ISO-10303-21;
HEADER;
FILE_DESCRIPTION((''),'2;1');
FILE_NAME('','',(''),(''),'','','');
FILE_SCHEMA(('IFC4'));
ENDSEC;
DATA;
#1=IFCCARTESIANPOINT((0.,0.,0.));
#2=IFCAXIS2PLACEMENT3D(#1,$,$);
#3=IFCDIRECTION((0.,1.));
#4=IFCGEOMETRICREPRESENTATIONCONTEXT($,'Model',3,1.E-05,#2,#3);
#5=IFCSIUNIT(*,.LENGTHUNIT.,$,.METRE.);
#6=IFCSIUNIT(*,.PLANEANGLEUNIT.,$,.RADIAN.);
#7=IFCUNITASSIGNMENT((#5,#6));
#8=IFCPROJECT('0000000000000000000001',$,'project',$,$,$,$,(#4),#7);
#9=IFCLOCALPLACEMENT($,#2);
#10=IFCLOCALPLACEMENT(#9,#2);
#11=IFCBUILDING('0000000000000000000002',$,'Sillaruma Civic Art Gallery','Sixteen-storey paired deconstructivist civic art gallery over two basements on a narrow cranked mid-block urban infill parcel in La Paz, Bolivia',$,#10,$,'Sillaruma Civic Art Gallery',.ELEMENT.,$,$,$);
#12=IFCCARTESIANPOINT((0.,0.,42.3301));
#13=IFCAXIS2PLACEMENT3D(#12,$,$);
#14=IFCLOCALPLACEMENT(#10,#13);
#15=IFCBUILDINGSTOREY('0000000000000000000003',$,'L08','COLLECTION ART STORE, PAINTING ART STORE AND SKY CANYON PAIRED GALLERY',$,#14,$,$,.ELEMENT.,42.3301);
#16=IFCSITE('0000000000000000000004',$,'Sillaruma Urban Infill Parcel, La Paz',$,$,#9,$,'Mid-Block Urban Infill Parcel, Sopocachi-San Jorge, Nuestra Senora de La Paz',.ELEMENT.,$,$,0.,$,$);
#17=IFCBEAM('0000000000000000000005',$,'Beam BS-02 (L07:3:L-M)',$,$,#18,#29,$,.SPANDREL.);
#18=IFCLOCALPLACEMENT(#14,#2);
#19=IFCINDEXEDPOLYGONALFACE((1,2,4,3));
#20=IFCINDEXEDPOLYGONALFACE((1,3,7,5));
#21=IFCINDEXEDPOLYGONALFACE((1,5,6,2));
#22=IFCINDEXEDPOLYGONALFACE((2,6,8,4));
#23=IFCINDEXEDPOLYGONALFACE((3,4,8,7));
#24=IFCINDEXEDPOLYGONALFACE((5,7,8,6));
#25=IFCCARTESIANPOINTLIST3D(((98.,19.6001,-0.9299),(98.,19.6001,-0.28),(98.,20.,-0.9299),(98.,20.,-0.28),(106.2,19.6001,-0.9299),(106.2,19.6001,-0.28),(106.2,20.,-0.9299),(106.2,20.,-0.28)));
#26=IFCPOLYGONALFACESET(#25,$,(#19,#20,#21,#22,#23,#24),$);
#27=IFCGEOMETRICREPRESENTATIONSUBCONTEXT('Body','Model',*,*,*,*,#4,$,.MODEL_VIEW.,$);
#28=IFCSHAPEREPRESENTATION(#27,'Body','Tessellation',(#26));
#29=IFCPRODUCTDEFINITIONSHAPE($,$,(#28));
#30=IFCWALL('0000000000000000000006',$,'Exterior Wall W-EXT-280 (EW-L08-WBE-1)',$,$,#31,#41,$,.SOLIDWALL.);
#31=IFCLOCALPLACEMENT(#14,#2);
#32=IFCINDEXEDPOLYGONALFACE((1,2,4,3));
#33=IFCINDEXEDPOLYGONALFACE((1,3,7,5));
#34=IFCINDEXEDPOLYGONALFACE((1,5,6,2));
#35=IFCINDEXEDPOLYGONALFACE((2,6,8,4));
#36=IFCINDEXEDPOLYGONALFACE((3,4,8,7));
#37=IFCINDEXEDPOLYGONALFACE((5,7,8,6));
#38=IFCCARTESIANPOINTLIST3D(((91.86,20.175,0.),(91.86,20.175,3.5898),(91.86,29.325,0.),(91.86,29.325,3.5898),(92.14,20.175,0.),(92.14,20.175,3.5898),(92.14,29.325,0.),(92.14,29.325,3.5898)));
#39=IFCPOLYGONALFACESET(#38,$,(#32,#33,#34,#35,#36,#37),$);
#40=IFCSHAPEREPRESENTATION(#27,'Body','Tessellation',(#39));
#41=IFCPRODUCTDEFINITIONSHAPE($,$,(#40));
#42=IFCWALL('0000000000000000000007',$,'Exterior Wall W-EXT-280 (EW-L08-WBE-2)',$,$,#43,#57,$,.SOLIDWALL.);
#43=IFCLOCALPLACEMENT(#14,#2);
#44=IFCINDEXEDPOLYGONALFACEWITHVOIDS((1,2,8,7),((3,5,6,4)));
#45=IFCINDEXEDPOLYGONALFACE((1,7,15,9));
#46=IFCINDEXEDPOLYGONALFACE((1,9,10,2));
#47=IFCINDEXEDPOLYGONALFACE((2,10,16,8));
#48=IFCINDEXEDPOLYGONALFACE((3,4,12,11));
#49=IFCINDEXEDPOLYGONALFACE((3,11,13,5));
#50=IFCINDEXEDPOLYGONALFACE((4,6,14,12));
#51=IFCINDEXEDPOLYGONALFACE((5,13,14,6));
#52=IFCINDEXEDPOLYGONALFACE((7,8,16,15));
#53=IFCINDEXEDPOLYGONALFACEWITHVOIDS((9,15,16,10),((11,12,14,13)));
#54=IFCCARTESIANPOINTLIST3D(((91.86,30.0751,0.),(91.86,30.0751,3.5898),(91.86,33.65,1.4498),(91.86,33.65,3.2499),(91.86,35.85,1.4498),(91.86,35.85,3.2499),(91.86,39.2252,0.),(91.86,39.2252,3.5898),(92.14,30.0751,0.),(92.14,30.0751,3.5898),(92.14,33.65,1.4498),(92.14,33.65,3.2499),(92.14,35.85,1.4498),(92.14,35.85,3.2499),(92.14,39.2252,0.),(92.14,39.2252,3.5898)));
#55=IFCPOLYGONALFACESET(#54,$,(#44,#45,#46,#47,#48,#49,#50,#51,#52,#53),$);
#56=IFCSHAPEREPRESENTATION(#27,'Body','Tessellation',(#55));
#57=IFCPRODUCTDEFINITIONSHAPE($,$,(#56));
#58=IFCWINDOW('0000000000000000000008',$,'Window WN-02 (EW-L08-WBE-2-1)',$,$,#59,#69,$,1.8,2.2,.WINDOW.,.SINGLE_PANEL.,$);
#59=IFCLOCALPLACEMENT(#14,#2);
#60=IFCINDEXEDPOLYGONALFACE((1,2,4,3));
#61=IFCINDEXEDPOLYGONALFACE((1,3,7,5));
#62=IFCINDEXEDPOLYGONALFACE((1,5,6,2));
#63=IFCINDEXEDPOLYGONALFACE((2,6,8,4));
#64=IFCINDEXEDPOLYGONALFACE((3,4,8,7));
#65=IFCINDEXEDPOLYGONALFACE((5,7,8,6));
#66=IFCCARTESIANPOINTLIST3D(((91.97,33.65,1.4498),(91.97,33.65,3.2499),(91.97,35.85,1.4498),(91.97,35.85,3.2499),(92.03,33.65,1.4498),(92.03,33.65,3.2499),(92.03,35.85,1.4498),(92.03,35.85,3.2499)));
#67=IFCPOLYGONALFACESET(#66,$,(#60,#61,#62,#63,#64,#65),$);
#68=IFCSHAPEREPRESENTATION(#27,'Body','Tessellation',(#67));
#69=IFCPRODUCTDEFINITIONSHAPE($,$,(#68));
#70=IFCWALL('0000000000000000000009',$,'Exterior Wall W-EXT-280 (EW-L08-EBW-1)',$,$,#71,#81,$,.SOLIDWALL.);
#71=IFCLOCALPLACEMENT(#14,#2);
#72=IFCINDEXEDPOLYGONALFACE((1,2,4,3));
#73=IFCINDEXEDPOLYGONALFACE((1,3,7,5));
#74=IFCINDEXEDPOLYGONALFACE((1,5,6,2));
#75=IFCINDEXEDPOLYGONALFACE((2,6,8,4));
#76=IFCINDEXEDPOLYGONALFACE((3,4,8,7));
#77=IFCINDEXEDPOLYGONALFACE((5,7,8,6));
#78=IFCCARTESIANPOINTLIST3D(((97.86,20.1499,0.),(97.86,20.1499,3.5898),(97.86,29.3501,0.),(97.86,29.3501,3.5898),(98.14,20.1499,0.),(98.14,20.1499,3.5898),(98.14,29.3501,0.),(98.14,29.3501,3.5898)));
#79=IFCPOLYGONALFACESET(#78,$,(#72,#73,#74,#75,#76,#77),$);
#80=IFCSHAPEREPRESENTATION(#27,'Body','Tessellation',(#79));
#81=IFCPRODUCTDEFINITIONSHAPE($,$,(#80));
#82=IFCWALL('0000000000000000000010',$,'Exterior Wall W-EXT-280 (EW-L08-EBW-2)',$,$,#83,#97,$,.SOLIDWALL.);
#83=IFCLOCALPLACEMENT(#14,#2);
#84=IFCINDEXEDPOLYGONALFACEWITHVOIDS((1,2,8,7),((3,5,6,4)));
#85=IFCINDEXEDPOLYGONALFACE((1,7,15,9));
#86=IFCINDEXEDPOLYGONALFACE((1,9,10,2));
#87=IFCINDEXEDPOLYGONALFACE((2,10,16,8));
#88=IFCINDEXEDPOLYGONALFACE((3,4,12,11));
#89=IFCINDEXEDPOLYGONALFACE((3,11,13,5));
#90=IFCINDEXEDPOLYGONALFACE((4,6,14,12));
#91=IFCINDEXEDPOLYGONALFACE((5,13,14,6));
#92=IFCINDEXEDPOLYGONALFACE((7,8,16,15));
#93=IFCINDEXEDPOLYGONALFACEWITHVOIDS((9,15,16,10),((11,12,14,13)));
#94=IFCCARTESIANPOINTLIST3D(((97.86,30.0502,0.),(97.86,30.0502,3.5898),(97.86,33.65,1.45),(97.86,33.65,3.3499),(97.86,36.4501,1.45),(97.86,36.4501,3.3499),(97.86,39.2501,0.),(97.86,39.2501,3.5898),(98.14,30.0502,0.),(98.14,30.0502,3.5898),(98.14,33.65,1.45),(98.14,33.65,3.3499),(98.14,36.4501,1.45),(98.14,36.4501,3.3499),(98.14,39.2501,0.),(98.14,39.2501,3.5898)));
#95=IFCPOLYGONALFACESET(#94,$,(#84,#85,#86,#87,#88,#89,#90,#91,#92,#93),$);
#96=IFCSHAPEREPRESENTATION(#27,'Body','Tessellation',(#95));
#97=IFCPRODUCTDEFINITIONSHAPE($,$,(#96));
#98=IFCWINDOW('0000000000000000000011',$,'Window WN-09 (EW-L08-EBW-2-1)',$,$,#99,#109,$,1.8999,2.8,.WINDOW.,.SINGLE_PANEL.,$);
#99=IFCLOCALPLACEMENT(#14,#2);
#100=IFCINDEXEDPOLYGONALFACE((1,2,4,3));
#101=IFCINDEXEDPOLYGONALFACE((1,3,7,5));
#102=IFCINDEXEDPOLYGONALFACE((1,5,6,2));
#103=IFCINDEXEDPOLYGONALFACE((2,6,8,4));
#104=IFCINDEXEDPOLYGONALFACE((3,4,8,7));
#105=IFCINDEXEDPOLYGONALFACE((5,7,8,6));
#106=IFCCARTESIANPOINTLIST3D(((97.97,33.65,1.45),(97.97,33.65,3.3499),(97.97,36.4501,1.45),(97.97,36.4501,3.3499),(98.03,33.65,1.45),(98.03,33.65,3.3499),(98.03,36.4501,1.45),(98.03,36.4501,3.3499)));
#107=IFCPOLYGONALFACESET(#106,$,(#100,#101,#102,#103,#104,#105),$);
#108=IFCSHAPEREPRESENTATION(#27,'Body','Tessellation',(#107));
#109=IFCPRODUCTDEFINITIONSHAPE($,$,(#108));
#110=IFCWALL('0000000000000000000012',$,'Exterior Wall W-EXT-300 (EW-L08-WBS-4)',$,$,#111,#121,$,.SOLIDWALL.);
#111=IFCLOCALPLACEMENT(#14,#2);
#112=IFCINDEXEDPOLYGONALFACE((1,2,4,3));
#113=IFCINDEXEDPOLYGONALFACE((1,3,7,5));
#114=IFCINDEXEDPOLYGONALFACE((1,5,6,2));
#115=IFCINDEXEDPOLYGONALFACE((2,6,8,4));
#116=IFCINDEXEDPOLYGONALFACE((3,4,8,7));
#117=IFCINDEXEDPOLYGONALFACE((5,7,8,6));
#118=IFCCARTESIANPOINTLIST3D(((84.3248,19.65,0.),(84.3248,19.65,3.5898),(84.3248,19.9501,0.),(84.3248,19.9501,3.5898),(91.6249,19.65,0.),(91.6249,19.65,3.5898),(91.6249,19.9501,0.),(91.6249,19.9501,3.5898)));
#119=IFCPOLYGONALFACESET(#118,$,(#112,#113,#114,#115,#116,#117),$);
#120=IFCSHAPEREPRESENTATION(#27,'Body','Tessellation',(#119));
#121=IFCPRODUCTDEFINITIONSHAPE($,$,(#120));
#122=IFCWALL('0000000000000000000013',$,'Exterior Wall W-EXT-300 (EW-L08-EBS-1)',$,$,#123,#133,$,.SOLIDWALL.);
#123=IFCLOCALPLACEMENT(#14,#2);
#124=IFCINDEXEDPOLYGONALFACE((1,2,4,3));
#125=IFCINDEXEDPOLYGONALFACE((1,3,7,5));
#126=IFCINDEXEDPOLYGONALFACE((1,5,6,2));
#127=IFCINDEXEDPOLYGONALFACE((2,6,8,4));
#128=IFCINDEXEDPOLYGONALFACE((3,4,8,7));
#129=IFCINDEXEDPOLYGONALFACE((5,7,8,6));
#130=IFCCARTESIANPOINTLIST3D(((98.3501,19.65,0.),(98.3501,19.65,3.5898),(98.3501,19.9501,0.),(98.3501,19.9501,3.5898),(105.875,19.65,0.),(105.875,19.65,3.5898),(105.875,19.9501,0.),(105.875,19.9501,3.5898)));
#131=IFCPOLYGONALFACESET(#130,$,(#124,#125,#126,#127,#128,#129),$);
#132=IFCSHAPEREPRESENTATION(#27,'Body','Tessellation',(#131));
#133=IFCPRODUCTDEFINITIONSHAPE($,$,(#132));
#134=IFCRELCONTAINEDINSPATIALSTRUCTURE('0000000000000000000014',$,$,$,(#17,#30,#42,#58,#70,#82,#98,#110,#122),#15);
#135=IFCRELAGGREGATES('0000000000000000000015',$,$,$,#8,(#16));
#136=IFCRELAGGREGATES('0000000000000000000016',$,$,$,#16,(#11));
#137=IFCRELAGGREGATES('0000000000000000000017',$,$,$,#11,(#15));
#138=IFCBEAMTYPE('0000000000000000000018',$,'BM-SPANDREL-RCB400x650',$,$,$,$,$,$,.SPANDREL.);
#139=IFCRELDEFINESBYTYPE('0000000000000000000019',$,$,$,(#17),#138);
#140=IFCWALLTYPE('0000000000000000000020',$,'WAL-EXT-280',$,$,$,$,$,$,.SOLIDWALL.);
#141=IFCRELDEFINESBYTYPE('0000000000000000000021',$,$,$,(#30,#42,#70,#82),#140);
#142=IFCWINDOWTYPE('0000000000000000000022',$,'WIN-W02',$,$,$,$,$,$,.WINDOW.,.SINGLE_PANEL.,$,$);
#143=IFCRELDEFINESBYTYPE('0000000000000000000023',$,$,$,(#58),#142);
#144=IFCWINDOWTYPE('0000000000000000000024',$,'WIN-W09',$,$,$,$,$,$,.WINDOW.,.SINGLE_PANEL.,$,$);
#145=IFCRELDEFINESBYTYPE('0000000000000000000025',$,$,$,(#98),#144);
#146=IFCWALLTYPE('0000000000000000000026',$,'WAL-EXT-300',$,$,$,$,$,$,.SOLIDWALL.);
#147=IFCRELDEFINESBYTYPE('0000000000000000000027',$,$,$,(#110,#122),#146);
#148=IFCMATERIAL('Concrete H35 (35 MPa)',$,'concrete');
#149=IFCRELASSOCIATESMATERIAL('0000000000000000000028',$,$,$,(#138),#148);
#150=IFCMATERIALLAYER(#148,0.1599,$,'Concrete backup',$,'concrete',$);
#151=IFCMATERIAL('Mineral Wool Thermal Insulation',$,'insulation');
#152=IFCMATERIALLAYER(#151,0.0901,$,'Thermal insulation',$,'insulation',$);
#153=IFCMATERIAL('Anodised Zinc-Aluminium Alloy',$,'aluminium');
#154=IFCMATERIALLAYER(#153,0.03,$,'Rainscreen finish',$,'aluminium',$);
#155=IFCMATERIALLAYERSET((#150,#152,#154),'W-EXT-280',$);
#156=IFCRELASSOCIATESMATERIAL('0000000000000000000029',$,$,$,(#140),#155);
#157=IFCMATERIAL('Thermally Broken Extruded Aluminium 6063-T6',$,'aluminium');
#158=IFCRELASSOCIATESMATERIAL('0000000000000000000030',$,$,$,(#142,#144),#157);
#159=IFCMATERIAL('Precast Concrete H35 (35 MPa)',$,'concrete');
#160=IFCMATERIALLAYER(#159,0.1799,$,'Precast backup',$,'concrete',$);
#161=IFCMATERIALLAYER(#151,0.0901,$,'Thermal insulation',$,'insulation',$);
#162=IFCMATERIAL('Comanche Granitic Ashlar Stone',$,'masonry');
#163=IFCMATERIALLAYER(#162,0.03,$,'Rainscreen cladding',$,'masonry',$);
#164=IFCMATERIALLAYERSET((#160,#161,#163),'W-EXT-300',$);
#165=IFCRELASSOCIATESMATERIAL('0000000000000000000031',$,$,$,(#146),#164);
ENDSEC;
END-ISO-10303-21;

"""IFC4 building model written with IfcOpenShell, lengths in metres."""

from ifc_helpers import new_model, si_unit, direction, frame, frame_2d, origin, origin_2d, place, context, subcontext, project, spatial, rectangle, extrude, material, layer, layer_set, material_profile, profile_set, type_object, element, fill, save


model = new_model("IFC4")

# Units and contexts
model_context = context("Model", 3, precision=1e-05, world=origin(), true_north=direction((0.0, 1.0)))
body_context = subcontext(model_context, "Body", "Model", "MODEL_VIEW")
ifc_project = project(units=[si_unit("LENGTHUNIT", "METRE"), si_unit("PLANEANGLEUNIT", "RADIAN")], contexts=[model_context])

# Site, building, storey
site_placement = place(None, origin())
site = spatial("IfcSite", under=ifc_project, at=site_placement, Name="Sillaruma Urban Infill Parcel, La Paz", LongName="Mid-Block Urban Infill Parcel, Sopocachi-San Jorge, Nuestra Senora de La Paz", CompositionType="ELEMENT", RefElevation=0.0)
building_placement = place(site_placement, origin())
building = spatial("IfcBuilding", under=site, at=building_placement, Name="Sillaruma Civic Art Gallery", Description="Sixteen-storey paired deconstructivist civic art gallery over two basements on a narrow cranked mid-block urban infill parcel in La Paz, Bolivia", LongName="Sillaruma Civic Art Gallery", CompositionType="ELEMENT")
storey_placement = place(building_placement, frame((0.0, 0.0, 42.3301)))
storey = spatial("IfcBuildingStorey", under=building, at=storey_placement, Name="L08", Description="COLLECTION ART STORE, PAINTING ART STORE AND SKY CANYON PAIRED GALLERY", CompositionType="ELEMENT", Elevation=42.3301)

# Beam
ifc_material_1 = material(Name="Concrete H35 (35 MPa)", Category="concrete")
ifc_material_profile_1 = material_profile(ifc_material_1, rectangle(XDim=0.3999, YDim=0.6499, at=origin_2d()), Name="RCB400x650")
ifc_profile_set_1 = profile_set([ifc_material_profile_1], Name="Concrete H35 (35 MPa)")
beam_type_1 = type_object("IfcBeamType", Name="BM-SPANDREL-RCB400x650", PredefinedType="SPANDREL", material=ifc_profile_set_1)
beam_1_placement = place(storey_placement, frame((98.0, 19.8, -0.605), z_axis=(1.0, 0.0, 0.0), x_axis=(0.0, 1.0, 0.0)))
element("IfcBeam", 1, at=beam_1_placement, inside=storey, type_object=beam_type_1, Name="Beam BS-02 (L07:3:L-M)", PredefinedType="SPANDREL", context=body_context, shape_type="SweptSolid", body=[
    extrude(rectangle(XDim=0.3999, YDim=0.6499, at=origin_2d()), origin(), (0.0, 0.0, 1.0), 8.2),
])

# Wall
ifc_layer_1 = layer(ifc_material_1, 0.1599, Name="Concrete backup", Category="concrete")
ifc_material_2 = material(Name="Mineral Wool Thermal Insulation", Category="insulation")
ifc_layer_2 = layer(ifc_material_2, 0.0901, Name="Thermal insulation", Category="insulation")
ifc_material_3 = material(Name="Anodised Zinc-Aluminium Alloy", Category="aluminium")
ifc_layer_3 = layer(ifc_material_3, 0.03, Name="Rainscreen finish", Category="aluminium")
ifc_layer_set_1 = layer_set([ifc_layer_1, ifc_layer_2, ifc_layer_3], Name="W-EXT-280")
wall_type_1 = type_object("IfcWallType", Name="WAL-EXT-280", PredefinedType="SOLIDWALL", material=ifc_layer_set_1)
wall_1_placement = place(storey_placement, frame((92.0, 20.175, 0.0), z_axis=(0.0, 0.0, 1.0), x_axis=(0.0, 1.0, 0.0)))
element("IfcWall", 2, at=wall_1_placement, inside=storey, type_object=wall_type_1, Name="Exterior Wall W-EXT-280 (EW-L08-WBE-1)", PredefinedType="SOLIDWALL", context=body_context, shape_type="SweptSolid", body=[
    extrude(rectangle(XDim=9.1499, YDim=0.28, at=frame_2d((4.575, 0.0))), origin(), (0.0, 0.0, 1.0), 3.5898),
])

# Wall, opening, window
wall_2_placement = place(storey_placement, frame((92.0, 30.075, 0.0), z_axis=(0.0, 0.0, 1.0), x_axis=(0.0, 1.0, 0.0)))
wall_2 = element("IfcWall", 3, at=wall_2_placement, inside=storey, type_object=wall_type_1, Name="Exterior Wall W-EXT-280 (EW-L08-WBE-2)", PredefinedType="SOLIDWALL", context=body_context, shape_type="SweptSolid", body=[
    extrude(rectangle(XDim=9.1501, YDim=0.28, at=frame_2d((4.5752, 0.0))), origin(), (0.0, 0.0, 1.0), 3.5898),
])
opening_1_placement = place(wall_2_placement, frame((3.575, 0.0, 1.45)))
opening_1 = element("IfcOpeningElement", 4, at=opening_1_placement, cuts=wall_2, PredefinedType="OPENING", context=body_context, shape_type="SweptSolid", body=[
    extrude(rectangle(XDim=2.2, YDim=1.8, at=frame_2d((1.1001, 0.8999))), frame((0.0, 0.1499, 0.0), z_axis=(0.0, -1.0, 0.0), x_axis=(1.0, 0.0, 0.0)), (0.0, 0.0, 1.0), 0.3),
])
ifc_material_4 = material(Name="Thermally Broken Extruded Aluminium 6063-T6", Category="aluminium")
window_type_1 = type_object("IfcWindowType", Name="WIN-W02", PartitioningType="SINGLE_PANEL", PredefinedType="WINDOW", material=ifc_material_4)
window_1_placement = place(opening_1_placement, origin())
window_1 = element("IfcWindow", 5, at=window_1_placement, inside=storey, type_object=window_type_1, Name="Window WN-02 (EW-L08-WBE-2-1)", OverallHeight=1.8, OverallWidth=2.2, PartitioningType="SINGLE_PANEL", PredefinedType="WINDOW", context=body_context, shape_type="SweptSolid", body=[
    extrude(rectangle(XDim=2.2, YDim=1.8, at=frame_2d((1.1001, 0.8999))), frame((0.0, 0.03, 0.0), z_axis=(0.0, -1.0, 0.0), x_axis=(1.0, 0.0, 0.0)), (0.0, 0.0, 1.0), 0.0601),
])
fill(opening_1, window_1)

# Wall
wall_3_placement = place(storey_placement, frame((98.0, 20.1499, 0.0), z_axis=(0.0, 0.0, 1.0), x_axis=(0.0, 1.0, 0.0)))
element("IfcWall", 6, at=wall_3_placement, inside=storey, type_object=wall_type_1, Name="Exterior Wall W-EXT-280 (EW-L08-EBW-1)", PredefinedType="SOLIDWALL", context=body_context, shape_type="SweptSolid", body=[
    extrude(rectangle(XDim=9.2002, YDim=0.28, at=frame_2d((4.6001, 0.0))), origin(), (0.0, 0.0, 1.0), 3.5898),
])

# Wall, opening, window
wall_4_placement = place(storey_placement, frame((98.0, 30.05, 0.0), z_axis=(0.0, 0.0, 1.0), x_axis=(0.0, 1.0, 0.0)))
wall_4 = element("IfcWall", 7, at=wall_4_placement, inside=storey, type_object=wall_type_1, Name="Exterior Wall W-EXT-280 (EW-L08-EBW-2)", PredefinedType="SOLIDWALL", context=body_context, shape_type="SweptSolid", body=[
    extrude(rectangle(XDim=9.2, YDim=0.28, at=frame_2d((4.6001, 0.0))), origin(), (0.0, 0.0, 1.0), 3.5898),
])
opening_2_placement = place(wall_4_placement, frame((3.6001, 0.0, 1.45)))
opening_2 = element("IfcOpeningElement", 8, at=opening_2_placement, cuts=wall_4, PredefinedType="OPENING", context=body_context, shape_type="SweptSolid", body=[
    extrude(rectangle(XDim=2.8, YDim=1.8999, at=frame_2d((1.3999, 0.95))), frame((0.0, 0.1499, 0.0), z_axis=(0.0, -1.0, 0.0), x_axis=(1.0, 0.0, 0.0)), (0.0, 0.0, 1.0), 0.3),
])
window_type_2 = type_object("IfcWindowType", Name="WIN-W09", PartitioningType="SINGLE_PANEL", PredefinedType="WINDOW", material=ifc_material_4)
window_2_placement = place(opening_2_placement, origin())
window_2 = element("IfcWindow", 9, at=window_2_placement, inside=storey, type_object=window_type_2, Name="Window WN-09 (EW-L08-EBW-2-1)", OverallHeight=1.8999, OverallWidth=2.8, PartitioningType="SINGLE_PANEL", PredefinedType="WINDOW", context=body_context, shape_type="SweptSolid", body=[
    extrude(rectangle(XDim=2.8, YDim=1.8999, at=frame_2d((1.3999, 0.95))), frame((0.0, 0.03, 0.0), z_axis=(0.0, -1.0, 0.0), x_axis=(1.0, 0.0, 0.0)), (0.0, 0.0, 1.0), 0.0601),
])
fill(opening_2, window_2)

# Walls
ifc_material_5 = material(Name="Precast Concrete H35 (35 MPa)", Category="concrete")
ifc_layer_4 = layer(ifc_material_5, 0.1799, Name="Precast backup", Category="concrete")
ifc_layer_5 = layer(ifc_material_2, 0.0901, Name="Thermal insulation", Category="insulation")
ifc_material_6 = material(Name="Comanche Granitic Ashlar Stone", Category="masonry")
ifc_layer_6 = layer(ifc_material_6, 0.03, Name="Rainscreen cladding", Category="masonry")
ifc_layer_set_2 = layer_set([ifc_layer_4, ifc_layer_5, ifc_layer_6], Name="W-EXT-300")
wall_type_2 = type_object("IfcWallType", Name="WAL-EXT-300", PredefinedType="SOLIDWALL", material=ifc_layer_set_2)
wall_5_placement = place(storey_placement, frame((84.325, 19.8, 0.0), z_axis=(0.0, 0.0, 1.0), x_axis=(1.0, 0.0, 0.0)))
element("IfcWall", 10, at=wall_5_placement, inside=storey, type_object=wall_type_2, Name="Exterior Wall W-EXT-300 (EW-L08-WBS-4)", PredefinedType="SOLIDWALL", context=body_context, shape_type="SweptSolid", body=[
    extrude(rectangle(XDim=7.3, YDim=0.3, at=frame_2d((3.6499, 0.0))), origin(), (0.0, 0.0, 1.0), 3.5898),
])
wall_6_placement = place(storey_placement, frame((98.3501, 19.8, 0.0), z_axis=(0.0, 0.0, 1.0), x_axis=(1.0, 0.0, 0.0)))
element("IfcWall", 11, at=wall_6_placement, inside=storey, type_object=wall_type_2, Name="Exterior Wall W-EXT-300 (EW-L08-EBS-1)", PredefinedType="SOLIDWALL", context=body_context, shape_type="SweptSolid", body=[
    extrude(rectangle(XDim=7.5249, YDim=0.3, at=frame_2d((3.7625, 0.0))), origin(), (0.0, 0.0, 1.0), 3.5898),
])

save(model, "model.ifc")
